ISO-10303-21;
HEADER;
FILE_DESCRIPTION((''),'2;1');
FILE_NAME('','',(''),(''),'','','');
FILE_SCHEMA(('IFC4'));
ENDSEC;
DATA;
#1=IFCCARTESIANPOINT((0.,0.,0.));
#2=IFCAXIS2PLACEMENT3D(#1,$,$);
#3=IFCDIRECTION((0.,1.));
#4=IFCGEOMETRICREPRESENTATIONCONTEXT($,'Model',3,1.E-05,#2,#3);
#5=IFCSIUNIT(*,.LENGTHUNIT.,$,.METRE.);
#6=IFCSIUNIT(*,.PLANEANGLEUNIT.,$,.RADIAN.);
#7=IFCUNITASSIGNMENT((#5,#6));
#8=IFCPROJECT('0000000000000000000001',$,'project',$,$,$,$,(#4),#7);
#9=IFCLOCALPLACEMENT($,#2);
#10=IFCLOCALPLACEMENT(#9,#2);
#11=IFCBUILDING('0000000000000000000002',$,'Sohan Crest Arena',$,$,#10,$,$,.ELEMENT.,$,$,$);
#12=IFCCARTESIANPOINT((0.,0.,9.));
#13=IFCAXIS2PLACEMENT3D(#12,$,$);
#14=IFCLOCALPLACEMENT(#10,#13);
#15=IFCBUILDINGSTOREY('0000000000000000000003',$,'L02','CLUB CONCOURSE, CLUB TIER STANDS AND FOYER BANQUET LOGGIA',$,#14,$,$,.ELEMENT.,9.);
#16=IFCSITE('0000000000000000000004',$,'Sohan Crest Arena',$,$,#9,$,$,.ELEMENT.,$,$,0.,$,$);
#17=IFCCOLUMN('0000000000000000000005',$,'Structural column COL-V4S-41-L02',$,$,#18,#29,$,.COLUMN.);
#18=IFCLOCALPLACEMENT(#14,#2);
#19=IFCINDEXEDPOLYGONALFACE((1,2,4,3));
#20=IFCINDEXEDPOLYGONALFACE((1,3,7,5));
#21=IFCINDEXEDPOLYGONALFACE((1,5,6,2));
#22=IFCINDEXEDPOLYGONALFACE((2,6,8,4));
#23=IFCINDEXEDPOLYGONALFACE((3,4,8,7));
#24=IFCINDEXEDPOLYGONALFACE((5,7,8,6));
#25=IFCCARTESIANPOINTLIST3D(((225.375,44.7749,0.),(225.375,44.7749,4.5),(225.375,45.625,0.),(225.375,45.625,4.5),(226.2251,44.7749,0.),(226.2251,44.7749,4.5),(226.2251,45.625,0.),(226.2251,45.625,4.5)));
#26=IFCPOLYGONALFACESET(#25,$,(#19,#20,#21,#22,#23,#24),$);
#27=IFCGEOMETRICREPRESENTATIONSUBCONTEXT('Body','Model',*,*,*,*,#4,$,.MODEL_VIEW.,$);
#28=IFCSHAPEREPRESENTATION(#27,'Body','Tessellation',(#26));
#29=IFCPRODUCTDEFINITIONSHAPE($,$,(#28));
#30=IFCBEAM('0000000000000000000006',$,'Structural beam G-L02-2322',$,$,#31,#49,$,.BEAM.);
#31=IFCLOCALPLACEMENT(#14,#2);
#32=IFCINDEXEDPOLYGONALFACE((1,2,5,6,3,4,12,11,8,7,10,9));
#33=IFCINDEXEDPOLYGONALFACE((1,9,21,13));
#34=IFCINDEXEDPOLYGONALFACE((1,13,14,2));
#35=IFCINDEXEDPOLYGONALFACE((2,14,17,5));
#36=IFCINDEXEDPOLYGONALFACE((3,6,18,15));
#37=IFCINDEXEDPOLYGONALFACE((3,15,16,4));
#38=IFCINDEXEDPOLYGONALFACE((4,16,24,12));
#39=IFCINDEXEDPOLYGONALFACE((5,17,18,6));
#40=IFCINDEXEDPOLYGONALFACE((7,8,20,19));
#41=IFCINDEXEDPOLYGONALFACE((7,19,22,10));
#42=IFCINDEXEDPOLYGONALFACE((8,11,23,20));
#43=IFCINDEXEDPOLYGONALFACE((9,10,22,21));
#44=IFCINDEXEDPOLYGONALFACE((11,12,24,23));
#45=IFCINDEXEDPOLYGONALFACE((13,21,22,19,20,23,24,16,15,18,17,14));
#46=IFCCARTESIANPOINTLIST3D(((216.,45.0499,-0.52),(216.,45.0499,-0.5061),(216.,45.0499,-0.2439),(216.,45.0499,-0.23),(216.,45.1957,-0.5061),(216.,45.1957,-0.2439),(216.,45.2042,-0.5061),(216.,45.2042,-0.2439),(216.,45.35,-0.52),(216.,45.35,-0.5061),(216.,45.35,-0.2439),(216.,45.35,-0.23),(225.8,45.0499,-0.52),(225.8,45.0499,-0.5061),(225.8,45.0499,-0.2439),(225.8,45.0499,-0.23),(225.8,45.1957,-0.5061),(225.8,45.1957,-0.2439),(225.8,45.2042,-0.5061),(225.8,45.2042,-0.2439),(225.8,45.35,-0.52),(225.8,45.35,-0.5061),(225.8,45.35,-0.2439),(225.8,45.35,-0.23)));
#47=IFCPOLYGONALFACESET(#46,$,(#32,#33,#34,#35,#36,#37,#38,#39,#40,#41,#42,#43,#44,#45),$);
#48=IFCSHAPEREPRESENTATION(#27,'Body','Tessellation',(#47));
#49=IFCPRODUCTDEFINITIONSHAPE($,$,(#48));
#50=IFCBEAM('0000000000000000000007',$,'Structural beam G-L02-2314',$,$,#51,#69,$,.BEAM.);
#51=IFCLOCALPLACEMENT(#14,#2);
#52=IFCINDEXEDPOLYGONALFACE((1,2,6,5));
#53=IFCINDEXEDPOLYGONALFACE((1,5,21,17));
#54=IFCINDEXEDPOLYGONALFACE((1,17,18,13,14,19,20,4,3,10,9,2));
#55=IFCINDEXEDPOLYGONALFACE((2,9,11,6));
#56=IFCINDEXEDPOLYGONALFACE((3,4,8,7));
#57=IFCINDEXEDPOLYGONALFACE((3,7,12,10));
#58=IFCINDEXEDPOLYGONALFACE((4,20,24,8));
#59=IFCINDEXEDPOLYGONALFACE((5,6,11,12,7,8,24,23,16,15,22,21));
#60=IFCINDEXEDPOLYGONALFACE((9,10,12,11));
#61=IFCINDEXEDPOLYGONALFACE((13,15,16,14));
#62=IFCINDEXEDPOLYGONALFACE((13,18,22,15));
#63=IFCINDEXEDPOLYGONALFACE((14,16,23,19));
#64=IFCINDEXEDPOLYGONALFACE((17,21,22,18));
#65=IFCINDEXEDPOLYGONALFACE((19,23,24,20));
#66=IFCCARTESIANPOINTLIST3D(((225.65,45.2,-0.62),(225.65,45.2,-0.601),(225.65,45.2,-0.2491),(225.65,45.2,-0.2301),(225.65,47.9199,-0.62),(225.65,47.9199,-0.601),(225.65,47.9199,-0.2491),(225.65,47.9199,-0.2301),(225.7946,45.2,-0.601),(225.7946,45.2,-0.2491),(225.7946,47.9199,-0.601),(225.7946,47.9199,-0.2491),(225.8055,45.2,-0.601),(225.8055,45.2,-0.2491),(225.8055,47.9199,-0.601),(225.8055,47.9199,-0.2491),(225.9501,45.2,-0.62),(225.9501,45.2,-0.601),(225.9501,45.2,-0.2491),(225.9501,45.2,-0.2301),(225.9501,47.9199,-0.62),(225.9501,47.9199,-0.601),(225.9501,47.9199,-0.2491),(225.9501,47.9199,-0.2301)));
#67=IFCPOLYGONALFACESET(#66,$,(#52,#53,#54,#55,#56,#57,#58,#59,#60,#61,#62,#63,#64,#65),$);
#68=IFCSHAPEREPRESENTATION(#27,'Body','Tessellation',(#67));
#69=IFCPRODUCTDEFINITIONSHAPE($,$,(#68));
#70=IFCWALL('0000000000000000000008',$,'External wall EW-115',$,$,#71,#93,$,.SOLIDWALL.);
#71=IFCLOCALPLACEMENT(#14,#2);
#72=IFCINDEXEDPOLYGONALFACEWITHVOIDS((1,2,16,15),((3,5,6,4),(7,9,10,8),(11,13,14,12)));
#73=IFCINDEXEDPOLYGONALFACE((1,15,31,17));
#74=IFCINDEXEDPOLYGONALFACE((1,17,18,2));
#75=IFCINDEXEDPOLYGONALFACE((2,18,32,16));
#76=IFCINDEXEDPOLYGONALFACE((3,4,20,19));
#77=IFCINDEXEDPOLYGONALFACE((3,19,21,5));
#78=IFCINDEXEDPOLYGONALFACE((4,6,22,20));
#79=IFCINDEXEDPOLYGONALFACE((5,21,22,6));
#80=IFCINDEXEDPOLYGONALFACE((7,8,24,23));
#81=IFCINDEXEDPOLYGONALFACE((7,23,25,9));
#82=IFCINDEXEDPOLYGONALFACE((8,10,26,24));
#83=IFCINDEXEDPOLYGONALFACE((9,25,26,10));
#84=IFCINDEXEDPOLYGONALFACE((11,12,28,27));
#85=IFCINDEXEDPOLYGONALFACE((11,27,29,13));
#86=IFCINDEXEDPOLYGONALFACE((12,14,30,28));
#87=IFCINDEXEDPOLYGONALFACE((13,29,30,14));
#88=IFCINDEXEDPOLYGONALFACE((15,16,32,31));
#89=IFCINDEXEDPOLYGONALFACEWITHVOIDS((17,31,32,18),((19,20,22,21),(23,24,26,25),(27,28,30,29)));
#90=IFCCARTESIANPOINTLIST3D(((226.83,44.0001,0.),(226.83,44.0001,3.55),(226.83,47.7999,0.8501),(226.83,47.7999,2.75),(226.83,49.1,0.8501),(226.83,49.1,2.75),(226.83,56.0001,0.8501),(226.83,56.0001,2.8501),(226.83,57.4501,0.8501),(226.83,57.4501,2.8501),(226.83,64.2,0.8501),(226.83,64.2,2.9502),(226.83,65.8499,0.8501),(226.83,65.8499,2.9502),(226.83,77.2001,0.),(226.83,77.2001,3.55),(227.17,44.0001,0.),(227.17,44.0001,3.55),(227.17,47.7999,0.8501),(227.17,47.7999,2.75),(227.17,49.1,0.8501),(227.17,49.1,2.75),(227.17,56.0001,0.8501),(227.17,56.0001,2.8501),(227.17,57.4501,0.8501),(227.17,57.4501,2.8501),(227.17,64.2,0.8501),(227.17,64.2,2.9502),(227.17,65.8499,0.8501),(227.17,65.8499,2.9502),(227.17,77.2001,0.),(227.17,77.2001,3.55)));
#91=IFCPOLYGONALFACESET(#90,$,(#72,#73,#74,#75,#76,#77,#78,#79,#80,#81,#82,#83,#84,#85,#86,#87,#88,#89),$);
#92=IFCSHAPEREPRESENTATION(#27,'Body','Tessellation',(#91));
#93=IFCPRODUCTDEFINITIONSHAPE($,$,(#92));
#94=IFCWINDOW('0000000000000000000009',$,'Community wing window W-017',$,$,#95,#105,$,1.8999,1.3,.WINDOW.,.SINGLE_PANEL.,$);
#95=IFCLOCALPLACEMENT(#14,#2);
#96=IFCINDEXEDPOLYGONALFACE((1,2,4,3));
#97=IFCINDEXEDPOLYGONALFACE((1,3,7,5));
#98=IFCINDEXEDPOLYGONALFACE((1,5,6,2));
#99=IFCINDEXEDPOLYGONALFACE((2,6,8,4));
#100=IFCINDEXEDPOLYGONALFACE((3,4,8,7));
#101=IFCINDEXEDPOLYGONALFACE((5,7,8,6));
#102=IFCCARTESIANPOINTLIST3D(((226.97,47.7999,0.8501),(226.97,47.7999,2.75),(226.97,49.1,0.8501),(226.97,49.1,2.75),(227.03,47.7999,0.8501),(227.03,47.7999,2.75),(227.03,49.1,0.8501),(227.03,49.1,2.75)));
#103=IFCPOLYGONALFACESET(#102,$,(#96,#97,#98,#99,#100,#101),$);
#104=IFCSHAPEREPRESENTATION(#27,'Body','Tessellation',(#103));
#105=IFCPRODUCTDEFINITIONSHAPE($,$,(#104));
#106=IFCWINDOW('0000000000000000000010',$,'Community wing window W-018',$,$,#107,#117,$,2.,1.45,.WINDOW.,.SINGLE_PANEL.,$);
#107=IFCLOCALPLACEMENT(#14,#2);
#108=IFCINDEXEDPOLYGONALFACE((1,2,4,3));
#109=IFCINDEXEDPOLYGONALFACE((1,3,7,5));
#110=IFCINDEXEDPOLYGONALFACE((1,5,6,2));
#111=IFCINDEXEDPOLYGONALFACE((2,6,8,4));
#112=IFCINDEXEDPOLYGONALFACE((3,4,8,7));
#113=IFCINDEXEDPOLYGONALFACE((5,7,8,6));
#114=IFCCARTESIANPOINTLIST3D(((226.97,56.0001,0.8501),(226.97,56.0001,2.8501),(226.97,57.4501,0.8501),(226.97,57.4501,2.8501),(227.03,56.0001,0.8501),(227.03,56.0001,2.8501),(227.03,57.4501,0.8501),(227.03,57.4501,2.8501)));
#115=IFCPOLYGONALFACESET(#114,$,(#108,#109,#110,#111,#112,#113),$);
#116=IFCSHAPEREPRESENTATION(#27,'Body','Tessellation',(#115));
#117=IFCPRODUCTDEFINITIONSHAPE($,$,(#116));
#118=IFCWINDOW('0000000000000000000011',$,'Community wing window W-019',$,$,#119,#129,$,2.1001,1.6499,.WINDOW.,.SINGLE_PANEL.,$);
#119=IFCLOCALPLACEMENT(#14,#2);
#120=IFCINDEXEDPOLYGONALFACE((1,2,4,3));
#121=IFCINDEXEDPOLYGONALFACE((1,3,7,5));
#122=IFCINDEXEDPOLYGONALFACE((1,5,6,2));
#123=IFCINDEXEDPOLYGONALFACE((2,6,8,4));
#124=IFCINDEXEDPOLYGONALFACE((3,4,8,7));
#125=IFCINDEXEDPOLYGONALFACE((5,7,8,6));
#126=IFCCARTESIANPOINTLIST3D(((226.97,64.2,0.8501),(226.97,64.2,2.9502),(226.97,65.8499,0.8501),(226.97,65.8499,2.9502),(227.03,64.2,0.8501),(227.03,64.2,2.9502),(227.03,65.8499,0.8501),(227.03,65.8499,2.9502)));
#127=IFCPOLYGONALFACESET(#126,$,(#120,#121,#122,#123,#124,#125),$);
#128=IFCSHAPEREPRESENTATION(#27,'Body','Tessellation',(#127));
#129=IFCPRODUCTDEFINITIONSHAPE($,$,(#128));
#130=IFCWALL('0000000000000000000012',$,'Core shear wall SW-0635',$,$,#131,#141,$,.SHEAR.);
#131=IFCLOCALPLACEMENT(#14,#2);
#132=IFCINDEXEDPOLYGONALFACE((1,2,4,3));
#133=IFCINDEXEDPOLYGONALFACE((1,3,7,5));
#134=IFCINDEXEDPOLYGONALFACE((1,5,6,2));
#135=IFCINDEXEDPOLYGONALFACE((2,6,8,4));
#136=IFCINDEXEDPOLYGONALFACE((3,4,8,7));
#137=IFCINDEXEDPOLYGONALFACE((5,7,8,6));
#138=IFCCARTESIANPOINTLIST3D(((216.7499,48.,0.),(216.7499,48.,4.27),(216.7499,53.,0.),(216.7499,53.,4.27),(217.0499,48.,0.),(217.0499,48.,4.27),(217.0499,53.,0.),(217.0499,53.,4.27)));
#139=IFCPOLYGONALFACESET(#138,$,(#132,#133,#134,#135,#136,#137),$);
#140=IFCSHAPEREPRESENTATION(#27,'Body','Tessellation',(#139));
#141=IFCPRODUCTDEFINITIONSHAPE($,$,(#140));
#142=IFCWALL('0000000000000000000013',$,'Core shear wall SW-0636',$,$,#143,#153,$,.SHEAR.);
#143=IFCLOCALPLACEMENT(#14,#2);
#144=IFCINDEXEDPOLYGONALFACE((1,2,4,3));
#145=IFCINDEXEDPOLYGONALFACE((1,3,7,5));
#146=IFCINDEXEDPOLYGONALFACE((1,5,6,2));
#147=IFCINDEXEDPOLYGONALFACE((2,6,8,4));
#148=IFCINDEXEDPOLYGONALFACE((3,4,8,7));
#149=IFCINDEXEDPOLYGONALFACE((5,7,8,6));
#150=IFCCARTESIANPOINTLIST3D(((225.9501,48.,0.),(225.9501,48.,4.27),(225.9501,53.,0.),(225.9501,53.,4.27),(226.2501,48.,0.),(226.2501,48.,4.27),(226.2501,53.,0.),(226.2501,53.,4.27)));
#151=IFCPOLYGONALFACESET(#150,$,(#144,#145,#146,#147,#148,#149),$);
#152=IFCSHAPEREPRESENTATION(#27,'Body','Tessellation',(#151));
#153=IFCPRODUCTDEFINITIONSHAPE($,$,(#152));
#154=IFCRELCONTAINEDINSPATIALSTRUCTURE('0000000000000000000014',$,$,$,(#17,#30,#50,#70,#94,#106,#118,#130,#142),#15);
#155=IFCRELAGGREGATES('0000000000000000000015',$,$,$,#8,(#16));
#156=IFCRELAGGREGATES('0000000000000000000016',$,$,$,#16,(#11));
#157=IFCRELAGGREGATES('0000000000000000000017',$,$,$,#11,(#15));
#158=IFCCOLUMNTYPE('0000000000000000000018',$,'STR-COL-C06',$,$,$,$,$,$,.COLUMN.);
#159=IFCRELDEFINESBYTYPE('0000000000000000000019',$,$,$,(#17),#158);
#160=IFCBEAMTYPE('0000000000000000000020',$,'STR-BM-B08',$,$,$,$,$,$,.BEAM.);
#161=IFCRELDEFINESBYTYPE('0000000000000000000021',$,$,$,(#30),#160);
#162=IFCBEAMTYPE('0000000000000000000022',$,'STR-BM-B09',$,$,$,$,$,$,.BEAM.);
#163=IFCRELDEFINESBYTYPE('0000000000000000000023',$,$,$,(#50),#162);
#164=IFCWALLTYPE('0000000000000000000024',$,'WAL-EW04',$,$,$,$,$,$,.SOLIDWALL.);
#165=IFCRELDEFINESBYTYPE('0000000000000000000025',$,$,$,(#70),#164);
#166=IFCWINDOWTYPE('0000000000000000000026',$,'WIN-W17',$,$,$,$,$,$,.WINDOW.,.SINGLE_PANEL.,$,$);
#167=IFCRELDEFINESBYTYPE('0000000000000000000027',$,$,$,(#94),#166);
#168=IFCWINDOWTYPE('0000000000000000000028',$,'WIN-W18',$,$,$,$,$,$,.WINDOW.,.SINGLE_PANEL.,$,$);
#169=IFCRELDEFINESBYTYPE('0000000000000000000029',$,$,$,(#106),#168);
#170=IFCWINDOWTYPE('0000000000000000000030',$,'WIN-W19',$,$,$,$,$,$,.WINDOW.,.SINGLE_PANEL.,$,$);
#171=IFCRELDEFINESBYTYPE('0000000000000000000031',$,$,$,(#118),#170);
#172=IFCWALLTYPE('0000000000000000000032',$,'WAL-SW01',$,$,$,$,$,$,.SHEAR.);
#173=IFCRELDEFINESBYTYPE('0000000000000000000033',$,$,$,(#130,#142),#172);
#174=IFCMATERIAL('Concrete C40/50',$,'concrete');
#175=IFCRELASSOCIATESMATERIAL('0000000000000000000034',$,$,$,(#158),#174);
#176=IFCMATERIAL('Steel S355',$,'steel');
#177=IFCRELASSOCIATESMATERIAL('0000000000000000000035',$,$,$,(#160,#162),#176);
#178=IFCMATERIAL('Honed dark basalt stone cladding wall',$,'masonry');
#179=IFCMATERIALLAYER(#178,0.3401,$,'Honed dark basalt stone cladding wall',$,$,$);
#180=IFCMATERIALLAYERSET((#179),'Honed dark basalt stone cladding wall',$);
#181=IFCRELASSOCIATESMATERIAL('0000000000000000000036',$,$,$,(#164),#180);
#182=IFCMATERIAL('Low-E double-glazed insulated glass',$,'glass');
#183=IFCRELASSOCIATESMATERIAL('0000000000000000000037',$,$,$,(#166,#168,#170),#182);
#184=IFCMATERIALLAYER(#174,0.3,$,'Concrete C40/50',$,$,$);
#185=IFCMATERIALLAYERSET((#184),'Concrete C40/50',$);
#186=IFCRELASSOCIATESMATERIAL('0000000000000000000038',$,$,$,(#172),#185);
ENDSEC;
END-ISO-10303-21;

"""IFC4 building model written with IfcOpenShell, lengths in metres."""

from ifc_helpers import new_model, si_unit, direction, frame, frame_2d, origin, origin_2d, place, context, subcontext, project, spatial, rectangle, i_section, extrude, material, layer, layer_set, material_profile, profile_set, type_object, element, fill, save


model = new_model("IFC4")

# Units and contexts
model_context = context("Model", 3, precision=1e-05, world=origin(), true_north=direction((0.0, 1.0)))
body_context = subcontext(model_context, "Body", "Model", "MODEL_VIEW")
ifc_project = project(units=[si_unit("LENGTHUNIT", "METRE"), si_unit("PLANEANGLEUNIT", "RADIAN")], contexts=[model_context])

# Site, building, storey
site_placement = place(None, origin())
site = spatial("IfcSite", under=ifc_project, at=site_placement, Name="Sohan Crest Arena", CompositionType="ELEMENT", RefElevation=0.0)
building_placement = place(site_placement, origin())
building = spatial("IfcBuilding", under=site, at=building_placement, Name="Sohan Crest Arena", CompositionType="ELEMENT")
storey_placement = place(building_placement, frame((0.0, 0.0, 9.0)))
storey = spatial("IfcBuildingStorey", under=building, at=storey_placement, Name="L02", Description="CLUB CONCOURSE, CLUB TIER STANDS AND FOYER BANQUET LOGGIA", CompositionType="ELEMENT", Elevation=9.0)

# Column
ifc_material_1 = material(Name="Concrete C40/50", Category="concrete")
ifc_material_profile_1 = material_profile(ifc_material_1, rectangle(XDim=0.8501, YDim=0.8501, at=origin_2d()), Name="RC 850x850")
ifc_profile_set_1 = profile_set([ifc_material_profile_1], Name="Concrete C40/50")
column_type = type_object("IfcColumnType", Name="STR-COL-C06", PredefinedType="COLUMN", material=ifc_profile_set_1)
column_placement = place(storey_placement, frame((225.8, 45.2, 0.0), z_axis=(0.0, 0.0, 1.0), x_axis=(1.0, 0.0, 0.0)))
element("IfcColumn", 1, at=column_placement, inside=storey, type_object=column_type, Name="Structural column COL-V4S-41-L02", PredefinedType="COLUMN", context=body_context, shape_type="SweptSolid", body=[
    extrude(rectangle(XDim=0.8501, YDim=0.8501, at=origin_2d()), origin(), (0.0, 0.0, 1.0), 4.5),
])

# Beams
ifc_material_2 = material(Name="Steel S355", Category="steel")
ifc_material_profile_2 = material_profile(ifc_material_2, i_section(OverallWidth=0.3, OverallDepth=0.29, WebThickness=0.0085, FlangeThickness=0.0139, at=origin_2d()), Name="HEA 300")
ifc_profile_set_2 = profile_set([ifc_material_profile_2], Name="Steel S355")
beam_type_1 = type_object("IfcBeamType", Name="STR-BM-B08", PredefinedType="BEAM", material=ifc_profile_set_2)
beam_1_placement = place(storey_placement, frame((216.0, 45.2, -0.375), z_axis=(1.0, 0.0, 0.0), x_axis=(0.0, 1.0, 0.0)))
element("IfcBeam", 2, at=beam_1_placement, inside=storey, type_object=beam_type_1, Name="Structural beam G-L02-2322", PredefinedType="BEAM", context=body_context, shape_type="SweptSolid", body=[
    extrude(i_section(OverallWidth=0.3, OverallDepth=0.29, WebThickness=0.0085, FlangeThickness=0.0139, at=origin_2d()), origin(), (0.0, 0.0, 1.0), 9.8),
])
ifc_material_profile_3 = material_profile(ifc_material_2, i_section(OverallWidth=0.3, OverallDepth=0.3899, WebThickness=0.011, FlangeThickness=0.019, at=origin_2d()), Name="HEA 400")
ifc_profile_set_3 = profile_set([ifc_material_profile_3], Name="Steel S355")
beam_type_2 = type_object("IfcBeamType", Name="STR-BM-B09", PredefinedType="BEAM", material=ifc_profile_set_3)
beam_2_placement = place(storey_placement, frame((225.8, 45.2, -0.425), z_axis=(0.0, 1.0, 0.0), x_axis=(-1.0, 0.0, 0.0)))
element("IfcBeam", 3, at=beam_2_placement, inside=storey, type_object=beam_type_2, Name="Structural beam G-L02-2314", PredefinedType="BEAM", context=body_context, shape_type="SweptSolid", body=[
    extrude(i_section(OverallWidth=0.3, OverallDepth=0.3899, WebThickness=0.011, FlangeThickness=0.019, at=origin_2d()), origin(), (0.0, 0.0, 1.0), 2.72),
])

# Wall, openings, windows
ifc_material_3 = material(Name="Honed dark basalt stone cladding wall", Category="masonry")
ifc_layer_1 = layer(ifc_material_3, 0.3401, Name="Honed dark basalt stone cladding wall")
ifc_layer_set_1 = layer_set([ifc_layer_1], Name="Honed dark basalt stone cladding wall")
wall_type_1 = type_object("IfcWallType", Name="WAL-EW04", PredefinedType="SOLIDWALL", material=ifc_layer_set_1)
wall_1_placement = place(storey_placement, frame((227.0, 44.0, 0.0), z_axis=(0.0, 0.0, 1.0), x_axis=(0.0, 1.0, 0.0)))
wall_1 = element("IfcWall", 4, at=wall_1_placement, inside=storey, type_object=wall_type_1, Name="External wall EW-115", PredefinedType="SOLIDWALL", context=body_context, shape_type="SweptSolid", body=[
    extrude(rectangle(XDim=33.2, YDim=0.3401, at=frame_2d((16.6001, 0.0))), origin(), (0.0, 0.0, 1.0), 3.55),
])
opening_1_placement = place(wall_1_placement, frame((3.8, 0.0, 0.8501)))
opening_1 = element("IfcOpeningElement", 5, at=opening_1_placement, cuts=wall_1, PredefinedType="OPENING", context=body_context, shape_type="SweptSolid", body=[
    extrude(rectangle(XDim=1.3, YDim=1.8999, at=frame_2d((0.6499, 0.95))), frame((0.0, 0.1799, 0.0), z_axis=(0.0, -1.0, 0.0), x_axis=(1.0, 0.0, 0.0)), (0.0, 0.0, 1.0), 0.3601),
])
opening_2_placement = place(wall_1_placement, frame((12.0, 0.0, 0.8501)))
opening_2 = element("IfcOpeningElement", 6, at=opening_2_placement, cuts=wall_1, PredefinedType="OPENING", context=body_context, shape_type="SweptSolid", body=[
    extrude(rectangle(XDim=1.45, YDim=2.0, at=frame_2d((0.7251, 1.0))), frame((0.0, 0.1799, 0.0), z_axis=(0.0, -1.0, 0.0), x_axis=(1.0, 0.0, 0.0)), (0.0, 0.0, 1.0), 0.3601),
])
opening_3_placement = place(wall_1_placement, frame((20.2, 0.0, 0.8501)))
opening_3 = element("IfcOpeningElement", 7, at=opening_3_placement, cuts=wall_1, PredefinedType="OPENING", context=body_context, shape_type="SweptSolid", body=[
    extrude(rectangle(XDim=1.6499, YDim=2.1001, at=frame_2d((0.825, 1.05))), frame((0.0, 0.1799, 0.0), z_axis=(0.0, -1.0, 0.0), x_axis=(1.0, 0.0, 0.0)), (0.0, 0.0, 1.0), 0.3601),
])
ifc_material_4 = material(Name="Low-E double-glazed insulated glass", Category="glass")
window_type_1 = type_object("IfcWindowType", Name="WIN-W17", PartitioningType="SINGLE_PANEL", PredefinedType="WINDOW", material=ifc_material_4)
window_1_placement = place(opening_1_placement, origin())
window_1 = element("IfcWindow", 8, at=window_1_placement, inside=storey, type_object=window_type_1, Name="Community wing window W-017", OverallHeight=1.8999, OverallWidth=1.3, PartitioningType="SINGLE_PANEL", PredefinedType="WINDOW", context=body_context, shape_type="SweptSolid", body=[
    extrude(rectangle(XDim=1.3, YDim=1.8999, at=frame_2d((0.6499, 0.95))), frame((0.0, 0.03, 0.0), z_axis=(0.0, -1.0, 0.0), x_axis=(1.0, 0.0, 0.0)), (0.0, 0.0, 1.0), 0.0601),
])
fill(opening_1, window_1)
window_type_2 = type_object("IfcWindowType", Name="WIN-W18", PartitioningType="SINGLE_PANEL", PredefinedType="WINDOW", material=ifc_material_4)
window_2_placement = place(opening_2_placement, origin())
window_2 = element("IfcWindow", 9, at=window_2_placement, inside=storey, type_object=window_type_2, Name="Community wing window W-018", OverallHeight=2.0, OverallWidth=1.45, PartitioningType="SINGLE_PANEL", PredefinedType="WINDOW", context=body_context, shape_type="SweptSolid", body=[
    extrude(rectangle(XDim=1.45, YDim=2.0, at=frame_2d((0.7251, 1.0))), frame((0.0, 0.03, 0.0), z_axis=(0.0, -1.0, 0.0), x_axis=(1.0, 0.0, 0.0)), (0.0, 0.0, 1.0), 0.0601),
])
fill(opening_2, window_2)
window_type_3 = type_object("IfcWindowType", Name="WIN-W19", PartitioningType="SINGLE_PANEL", PredefinedType="WINDOW", material=ifc_material_4)
window_3_placement = place(opening_3_placement, origin())
window_3 = element("IfcWindow", 10, at=window_3_placement, inside=storey, type_object=window_type_3, Name="Community wing window W-019", OverallHeight=2.1001, OverallWidth=1.6499, PartitioningType="SINGLE_PANEL", PredefinedType="WINDOW", context=body_context, shape_type="SweptSolid", body=[
    extrude(rectangle(XDim=1.6499, YDim=2.1001, at=frame_2d((0.825, 1.05))), frame((0.0, 0.03, 0.0), z_axis=(0.0, -1.0, 0.0), x_axis=(1.0, 0.0, 0.0)), (0.0, 0.0, 1.0), 0.0601),
])
fill(opening_3, window_3)

# Walls
ifc_layer_2 = layer(ifc_material_1, 0.3, Name="Concrete C40/50")
ifc_layer_set_2 = layer_set([ifc_layer_2], Name="Concrete C40/50")
wall_type_2 = type_object("IfcWallType", Name="WAL-SW01", PredefinedType="SHEAR", material=ifc_layer_set_2)
for number, where, z_axis, x_axis, name in (
    (11, (216.8999, 48.0, 0.0), (0.0, 0.0, 1.0), (0.0, 1.0, 0.0), "Core shear wall SW-0635"),
    (12, (226.1001, 48.0, 0.0), (0.0, 0.0, 1.0), (0.0, 1.0, 0.0), "Core shear wall SW-0636"),
):
    element("IfcWall", number, at=place(storey_placement, frame(where, z_axis=z_axis, x_axis=x_axis)), inside=storey, type_object=wall_type_2, Name=name, PredefinedType="SHEAR", context=body_context, shape_type="SweptSolid", body=[
        extrude(rectangle(XDim=5.0, YDim=0.3, at=frame_2d((2.5, 0.0))), origin(), (0.0, 0.0, 1.0), 4.27),
    ])

save(model, "model.ifc")
